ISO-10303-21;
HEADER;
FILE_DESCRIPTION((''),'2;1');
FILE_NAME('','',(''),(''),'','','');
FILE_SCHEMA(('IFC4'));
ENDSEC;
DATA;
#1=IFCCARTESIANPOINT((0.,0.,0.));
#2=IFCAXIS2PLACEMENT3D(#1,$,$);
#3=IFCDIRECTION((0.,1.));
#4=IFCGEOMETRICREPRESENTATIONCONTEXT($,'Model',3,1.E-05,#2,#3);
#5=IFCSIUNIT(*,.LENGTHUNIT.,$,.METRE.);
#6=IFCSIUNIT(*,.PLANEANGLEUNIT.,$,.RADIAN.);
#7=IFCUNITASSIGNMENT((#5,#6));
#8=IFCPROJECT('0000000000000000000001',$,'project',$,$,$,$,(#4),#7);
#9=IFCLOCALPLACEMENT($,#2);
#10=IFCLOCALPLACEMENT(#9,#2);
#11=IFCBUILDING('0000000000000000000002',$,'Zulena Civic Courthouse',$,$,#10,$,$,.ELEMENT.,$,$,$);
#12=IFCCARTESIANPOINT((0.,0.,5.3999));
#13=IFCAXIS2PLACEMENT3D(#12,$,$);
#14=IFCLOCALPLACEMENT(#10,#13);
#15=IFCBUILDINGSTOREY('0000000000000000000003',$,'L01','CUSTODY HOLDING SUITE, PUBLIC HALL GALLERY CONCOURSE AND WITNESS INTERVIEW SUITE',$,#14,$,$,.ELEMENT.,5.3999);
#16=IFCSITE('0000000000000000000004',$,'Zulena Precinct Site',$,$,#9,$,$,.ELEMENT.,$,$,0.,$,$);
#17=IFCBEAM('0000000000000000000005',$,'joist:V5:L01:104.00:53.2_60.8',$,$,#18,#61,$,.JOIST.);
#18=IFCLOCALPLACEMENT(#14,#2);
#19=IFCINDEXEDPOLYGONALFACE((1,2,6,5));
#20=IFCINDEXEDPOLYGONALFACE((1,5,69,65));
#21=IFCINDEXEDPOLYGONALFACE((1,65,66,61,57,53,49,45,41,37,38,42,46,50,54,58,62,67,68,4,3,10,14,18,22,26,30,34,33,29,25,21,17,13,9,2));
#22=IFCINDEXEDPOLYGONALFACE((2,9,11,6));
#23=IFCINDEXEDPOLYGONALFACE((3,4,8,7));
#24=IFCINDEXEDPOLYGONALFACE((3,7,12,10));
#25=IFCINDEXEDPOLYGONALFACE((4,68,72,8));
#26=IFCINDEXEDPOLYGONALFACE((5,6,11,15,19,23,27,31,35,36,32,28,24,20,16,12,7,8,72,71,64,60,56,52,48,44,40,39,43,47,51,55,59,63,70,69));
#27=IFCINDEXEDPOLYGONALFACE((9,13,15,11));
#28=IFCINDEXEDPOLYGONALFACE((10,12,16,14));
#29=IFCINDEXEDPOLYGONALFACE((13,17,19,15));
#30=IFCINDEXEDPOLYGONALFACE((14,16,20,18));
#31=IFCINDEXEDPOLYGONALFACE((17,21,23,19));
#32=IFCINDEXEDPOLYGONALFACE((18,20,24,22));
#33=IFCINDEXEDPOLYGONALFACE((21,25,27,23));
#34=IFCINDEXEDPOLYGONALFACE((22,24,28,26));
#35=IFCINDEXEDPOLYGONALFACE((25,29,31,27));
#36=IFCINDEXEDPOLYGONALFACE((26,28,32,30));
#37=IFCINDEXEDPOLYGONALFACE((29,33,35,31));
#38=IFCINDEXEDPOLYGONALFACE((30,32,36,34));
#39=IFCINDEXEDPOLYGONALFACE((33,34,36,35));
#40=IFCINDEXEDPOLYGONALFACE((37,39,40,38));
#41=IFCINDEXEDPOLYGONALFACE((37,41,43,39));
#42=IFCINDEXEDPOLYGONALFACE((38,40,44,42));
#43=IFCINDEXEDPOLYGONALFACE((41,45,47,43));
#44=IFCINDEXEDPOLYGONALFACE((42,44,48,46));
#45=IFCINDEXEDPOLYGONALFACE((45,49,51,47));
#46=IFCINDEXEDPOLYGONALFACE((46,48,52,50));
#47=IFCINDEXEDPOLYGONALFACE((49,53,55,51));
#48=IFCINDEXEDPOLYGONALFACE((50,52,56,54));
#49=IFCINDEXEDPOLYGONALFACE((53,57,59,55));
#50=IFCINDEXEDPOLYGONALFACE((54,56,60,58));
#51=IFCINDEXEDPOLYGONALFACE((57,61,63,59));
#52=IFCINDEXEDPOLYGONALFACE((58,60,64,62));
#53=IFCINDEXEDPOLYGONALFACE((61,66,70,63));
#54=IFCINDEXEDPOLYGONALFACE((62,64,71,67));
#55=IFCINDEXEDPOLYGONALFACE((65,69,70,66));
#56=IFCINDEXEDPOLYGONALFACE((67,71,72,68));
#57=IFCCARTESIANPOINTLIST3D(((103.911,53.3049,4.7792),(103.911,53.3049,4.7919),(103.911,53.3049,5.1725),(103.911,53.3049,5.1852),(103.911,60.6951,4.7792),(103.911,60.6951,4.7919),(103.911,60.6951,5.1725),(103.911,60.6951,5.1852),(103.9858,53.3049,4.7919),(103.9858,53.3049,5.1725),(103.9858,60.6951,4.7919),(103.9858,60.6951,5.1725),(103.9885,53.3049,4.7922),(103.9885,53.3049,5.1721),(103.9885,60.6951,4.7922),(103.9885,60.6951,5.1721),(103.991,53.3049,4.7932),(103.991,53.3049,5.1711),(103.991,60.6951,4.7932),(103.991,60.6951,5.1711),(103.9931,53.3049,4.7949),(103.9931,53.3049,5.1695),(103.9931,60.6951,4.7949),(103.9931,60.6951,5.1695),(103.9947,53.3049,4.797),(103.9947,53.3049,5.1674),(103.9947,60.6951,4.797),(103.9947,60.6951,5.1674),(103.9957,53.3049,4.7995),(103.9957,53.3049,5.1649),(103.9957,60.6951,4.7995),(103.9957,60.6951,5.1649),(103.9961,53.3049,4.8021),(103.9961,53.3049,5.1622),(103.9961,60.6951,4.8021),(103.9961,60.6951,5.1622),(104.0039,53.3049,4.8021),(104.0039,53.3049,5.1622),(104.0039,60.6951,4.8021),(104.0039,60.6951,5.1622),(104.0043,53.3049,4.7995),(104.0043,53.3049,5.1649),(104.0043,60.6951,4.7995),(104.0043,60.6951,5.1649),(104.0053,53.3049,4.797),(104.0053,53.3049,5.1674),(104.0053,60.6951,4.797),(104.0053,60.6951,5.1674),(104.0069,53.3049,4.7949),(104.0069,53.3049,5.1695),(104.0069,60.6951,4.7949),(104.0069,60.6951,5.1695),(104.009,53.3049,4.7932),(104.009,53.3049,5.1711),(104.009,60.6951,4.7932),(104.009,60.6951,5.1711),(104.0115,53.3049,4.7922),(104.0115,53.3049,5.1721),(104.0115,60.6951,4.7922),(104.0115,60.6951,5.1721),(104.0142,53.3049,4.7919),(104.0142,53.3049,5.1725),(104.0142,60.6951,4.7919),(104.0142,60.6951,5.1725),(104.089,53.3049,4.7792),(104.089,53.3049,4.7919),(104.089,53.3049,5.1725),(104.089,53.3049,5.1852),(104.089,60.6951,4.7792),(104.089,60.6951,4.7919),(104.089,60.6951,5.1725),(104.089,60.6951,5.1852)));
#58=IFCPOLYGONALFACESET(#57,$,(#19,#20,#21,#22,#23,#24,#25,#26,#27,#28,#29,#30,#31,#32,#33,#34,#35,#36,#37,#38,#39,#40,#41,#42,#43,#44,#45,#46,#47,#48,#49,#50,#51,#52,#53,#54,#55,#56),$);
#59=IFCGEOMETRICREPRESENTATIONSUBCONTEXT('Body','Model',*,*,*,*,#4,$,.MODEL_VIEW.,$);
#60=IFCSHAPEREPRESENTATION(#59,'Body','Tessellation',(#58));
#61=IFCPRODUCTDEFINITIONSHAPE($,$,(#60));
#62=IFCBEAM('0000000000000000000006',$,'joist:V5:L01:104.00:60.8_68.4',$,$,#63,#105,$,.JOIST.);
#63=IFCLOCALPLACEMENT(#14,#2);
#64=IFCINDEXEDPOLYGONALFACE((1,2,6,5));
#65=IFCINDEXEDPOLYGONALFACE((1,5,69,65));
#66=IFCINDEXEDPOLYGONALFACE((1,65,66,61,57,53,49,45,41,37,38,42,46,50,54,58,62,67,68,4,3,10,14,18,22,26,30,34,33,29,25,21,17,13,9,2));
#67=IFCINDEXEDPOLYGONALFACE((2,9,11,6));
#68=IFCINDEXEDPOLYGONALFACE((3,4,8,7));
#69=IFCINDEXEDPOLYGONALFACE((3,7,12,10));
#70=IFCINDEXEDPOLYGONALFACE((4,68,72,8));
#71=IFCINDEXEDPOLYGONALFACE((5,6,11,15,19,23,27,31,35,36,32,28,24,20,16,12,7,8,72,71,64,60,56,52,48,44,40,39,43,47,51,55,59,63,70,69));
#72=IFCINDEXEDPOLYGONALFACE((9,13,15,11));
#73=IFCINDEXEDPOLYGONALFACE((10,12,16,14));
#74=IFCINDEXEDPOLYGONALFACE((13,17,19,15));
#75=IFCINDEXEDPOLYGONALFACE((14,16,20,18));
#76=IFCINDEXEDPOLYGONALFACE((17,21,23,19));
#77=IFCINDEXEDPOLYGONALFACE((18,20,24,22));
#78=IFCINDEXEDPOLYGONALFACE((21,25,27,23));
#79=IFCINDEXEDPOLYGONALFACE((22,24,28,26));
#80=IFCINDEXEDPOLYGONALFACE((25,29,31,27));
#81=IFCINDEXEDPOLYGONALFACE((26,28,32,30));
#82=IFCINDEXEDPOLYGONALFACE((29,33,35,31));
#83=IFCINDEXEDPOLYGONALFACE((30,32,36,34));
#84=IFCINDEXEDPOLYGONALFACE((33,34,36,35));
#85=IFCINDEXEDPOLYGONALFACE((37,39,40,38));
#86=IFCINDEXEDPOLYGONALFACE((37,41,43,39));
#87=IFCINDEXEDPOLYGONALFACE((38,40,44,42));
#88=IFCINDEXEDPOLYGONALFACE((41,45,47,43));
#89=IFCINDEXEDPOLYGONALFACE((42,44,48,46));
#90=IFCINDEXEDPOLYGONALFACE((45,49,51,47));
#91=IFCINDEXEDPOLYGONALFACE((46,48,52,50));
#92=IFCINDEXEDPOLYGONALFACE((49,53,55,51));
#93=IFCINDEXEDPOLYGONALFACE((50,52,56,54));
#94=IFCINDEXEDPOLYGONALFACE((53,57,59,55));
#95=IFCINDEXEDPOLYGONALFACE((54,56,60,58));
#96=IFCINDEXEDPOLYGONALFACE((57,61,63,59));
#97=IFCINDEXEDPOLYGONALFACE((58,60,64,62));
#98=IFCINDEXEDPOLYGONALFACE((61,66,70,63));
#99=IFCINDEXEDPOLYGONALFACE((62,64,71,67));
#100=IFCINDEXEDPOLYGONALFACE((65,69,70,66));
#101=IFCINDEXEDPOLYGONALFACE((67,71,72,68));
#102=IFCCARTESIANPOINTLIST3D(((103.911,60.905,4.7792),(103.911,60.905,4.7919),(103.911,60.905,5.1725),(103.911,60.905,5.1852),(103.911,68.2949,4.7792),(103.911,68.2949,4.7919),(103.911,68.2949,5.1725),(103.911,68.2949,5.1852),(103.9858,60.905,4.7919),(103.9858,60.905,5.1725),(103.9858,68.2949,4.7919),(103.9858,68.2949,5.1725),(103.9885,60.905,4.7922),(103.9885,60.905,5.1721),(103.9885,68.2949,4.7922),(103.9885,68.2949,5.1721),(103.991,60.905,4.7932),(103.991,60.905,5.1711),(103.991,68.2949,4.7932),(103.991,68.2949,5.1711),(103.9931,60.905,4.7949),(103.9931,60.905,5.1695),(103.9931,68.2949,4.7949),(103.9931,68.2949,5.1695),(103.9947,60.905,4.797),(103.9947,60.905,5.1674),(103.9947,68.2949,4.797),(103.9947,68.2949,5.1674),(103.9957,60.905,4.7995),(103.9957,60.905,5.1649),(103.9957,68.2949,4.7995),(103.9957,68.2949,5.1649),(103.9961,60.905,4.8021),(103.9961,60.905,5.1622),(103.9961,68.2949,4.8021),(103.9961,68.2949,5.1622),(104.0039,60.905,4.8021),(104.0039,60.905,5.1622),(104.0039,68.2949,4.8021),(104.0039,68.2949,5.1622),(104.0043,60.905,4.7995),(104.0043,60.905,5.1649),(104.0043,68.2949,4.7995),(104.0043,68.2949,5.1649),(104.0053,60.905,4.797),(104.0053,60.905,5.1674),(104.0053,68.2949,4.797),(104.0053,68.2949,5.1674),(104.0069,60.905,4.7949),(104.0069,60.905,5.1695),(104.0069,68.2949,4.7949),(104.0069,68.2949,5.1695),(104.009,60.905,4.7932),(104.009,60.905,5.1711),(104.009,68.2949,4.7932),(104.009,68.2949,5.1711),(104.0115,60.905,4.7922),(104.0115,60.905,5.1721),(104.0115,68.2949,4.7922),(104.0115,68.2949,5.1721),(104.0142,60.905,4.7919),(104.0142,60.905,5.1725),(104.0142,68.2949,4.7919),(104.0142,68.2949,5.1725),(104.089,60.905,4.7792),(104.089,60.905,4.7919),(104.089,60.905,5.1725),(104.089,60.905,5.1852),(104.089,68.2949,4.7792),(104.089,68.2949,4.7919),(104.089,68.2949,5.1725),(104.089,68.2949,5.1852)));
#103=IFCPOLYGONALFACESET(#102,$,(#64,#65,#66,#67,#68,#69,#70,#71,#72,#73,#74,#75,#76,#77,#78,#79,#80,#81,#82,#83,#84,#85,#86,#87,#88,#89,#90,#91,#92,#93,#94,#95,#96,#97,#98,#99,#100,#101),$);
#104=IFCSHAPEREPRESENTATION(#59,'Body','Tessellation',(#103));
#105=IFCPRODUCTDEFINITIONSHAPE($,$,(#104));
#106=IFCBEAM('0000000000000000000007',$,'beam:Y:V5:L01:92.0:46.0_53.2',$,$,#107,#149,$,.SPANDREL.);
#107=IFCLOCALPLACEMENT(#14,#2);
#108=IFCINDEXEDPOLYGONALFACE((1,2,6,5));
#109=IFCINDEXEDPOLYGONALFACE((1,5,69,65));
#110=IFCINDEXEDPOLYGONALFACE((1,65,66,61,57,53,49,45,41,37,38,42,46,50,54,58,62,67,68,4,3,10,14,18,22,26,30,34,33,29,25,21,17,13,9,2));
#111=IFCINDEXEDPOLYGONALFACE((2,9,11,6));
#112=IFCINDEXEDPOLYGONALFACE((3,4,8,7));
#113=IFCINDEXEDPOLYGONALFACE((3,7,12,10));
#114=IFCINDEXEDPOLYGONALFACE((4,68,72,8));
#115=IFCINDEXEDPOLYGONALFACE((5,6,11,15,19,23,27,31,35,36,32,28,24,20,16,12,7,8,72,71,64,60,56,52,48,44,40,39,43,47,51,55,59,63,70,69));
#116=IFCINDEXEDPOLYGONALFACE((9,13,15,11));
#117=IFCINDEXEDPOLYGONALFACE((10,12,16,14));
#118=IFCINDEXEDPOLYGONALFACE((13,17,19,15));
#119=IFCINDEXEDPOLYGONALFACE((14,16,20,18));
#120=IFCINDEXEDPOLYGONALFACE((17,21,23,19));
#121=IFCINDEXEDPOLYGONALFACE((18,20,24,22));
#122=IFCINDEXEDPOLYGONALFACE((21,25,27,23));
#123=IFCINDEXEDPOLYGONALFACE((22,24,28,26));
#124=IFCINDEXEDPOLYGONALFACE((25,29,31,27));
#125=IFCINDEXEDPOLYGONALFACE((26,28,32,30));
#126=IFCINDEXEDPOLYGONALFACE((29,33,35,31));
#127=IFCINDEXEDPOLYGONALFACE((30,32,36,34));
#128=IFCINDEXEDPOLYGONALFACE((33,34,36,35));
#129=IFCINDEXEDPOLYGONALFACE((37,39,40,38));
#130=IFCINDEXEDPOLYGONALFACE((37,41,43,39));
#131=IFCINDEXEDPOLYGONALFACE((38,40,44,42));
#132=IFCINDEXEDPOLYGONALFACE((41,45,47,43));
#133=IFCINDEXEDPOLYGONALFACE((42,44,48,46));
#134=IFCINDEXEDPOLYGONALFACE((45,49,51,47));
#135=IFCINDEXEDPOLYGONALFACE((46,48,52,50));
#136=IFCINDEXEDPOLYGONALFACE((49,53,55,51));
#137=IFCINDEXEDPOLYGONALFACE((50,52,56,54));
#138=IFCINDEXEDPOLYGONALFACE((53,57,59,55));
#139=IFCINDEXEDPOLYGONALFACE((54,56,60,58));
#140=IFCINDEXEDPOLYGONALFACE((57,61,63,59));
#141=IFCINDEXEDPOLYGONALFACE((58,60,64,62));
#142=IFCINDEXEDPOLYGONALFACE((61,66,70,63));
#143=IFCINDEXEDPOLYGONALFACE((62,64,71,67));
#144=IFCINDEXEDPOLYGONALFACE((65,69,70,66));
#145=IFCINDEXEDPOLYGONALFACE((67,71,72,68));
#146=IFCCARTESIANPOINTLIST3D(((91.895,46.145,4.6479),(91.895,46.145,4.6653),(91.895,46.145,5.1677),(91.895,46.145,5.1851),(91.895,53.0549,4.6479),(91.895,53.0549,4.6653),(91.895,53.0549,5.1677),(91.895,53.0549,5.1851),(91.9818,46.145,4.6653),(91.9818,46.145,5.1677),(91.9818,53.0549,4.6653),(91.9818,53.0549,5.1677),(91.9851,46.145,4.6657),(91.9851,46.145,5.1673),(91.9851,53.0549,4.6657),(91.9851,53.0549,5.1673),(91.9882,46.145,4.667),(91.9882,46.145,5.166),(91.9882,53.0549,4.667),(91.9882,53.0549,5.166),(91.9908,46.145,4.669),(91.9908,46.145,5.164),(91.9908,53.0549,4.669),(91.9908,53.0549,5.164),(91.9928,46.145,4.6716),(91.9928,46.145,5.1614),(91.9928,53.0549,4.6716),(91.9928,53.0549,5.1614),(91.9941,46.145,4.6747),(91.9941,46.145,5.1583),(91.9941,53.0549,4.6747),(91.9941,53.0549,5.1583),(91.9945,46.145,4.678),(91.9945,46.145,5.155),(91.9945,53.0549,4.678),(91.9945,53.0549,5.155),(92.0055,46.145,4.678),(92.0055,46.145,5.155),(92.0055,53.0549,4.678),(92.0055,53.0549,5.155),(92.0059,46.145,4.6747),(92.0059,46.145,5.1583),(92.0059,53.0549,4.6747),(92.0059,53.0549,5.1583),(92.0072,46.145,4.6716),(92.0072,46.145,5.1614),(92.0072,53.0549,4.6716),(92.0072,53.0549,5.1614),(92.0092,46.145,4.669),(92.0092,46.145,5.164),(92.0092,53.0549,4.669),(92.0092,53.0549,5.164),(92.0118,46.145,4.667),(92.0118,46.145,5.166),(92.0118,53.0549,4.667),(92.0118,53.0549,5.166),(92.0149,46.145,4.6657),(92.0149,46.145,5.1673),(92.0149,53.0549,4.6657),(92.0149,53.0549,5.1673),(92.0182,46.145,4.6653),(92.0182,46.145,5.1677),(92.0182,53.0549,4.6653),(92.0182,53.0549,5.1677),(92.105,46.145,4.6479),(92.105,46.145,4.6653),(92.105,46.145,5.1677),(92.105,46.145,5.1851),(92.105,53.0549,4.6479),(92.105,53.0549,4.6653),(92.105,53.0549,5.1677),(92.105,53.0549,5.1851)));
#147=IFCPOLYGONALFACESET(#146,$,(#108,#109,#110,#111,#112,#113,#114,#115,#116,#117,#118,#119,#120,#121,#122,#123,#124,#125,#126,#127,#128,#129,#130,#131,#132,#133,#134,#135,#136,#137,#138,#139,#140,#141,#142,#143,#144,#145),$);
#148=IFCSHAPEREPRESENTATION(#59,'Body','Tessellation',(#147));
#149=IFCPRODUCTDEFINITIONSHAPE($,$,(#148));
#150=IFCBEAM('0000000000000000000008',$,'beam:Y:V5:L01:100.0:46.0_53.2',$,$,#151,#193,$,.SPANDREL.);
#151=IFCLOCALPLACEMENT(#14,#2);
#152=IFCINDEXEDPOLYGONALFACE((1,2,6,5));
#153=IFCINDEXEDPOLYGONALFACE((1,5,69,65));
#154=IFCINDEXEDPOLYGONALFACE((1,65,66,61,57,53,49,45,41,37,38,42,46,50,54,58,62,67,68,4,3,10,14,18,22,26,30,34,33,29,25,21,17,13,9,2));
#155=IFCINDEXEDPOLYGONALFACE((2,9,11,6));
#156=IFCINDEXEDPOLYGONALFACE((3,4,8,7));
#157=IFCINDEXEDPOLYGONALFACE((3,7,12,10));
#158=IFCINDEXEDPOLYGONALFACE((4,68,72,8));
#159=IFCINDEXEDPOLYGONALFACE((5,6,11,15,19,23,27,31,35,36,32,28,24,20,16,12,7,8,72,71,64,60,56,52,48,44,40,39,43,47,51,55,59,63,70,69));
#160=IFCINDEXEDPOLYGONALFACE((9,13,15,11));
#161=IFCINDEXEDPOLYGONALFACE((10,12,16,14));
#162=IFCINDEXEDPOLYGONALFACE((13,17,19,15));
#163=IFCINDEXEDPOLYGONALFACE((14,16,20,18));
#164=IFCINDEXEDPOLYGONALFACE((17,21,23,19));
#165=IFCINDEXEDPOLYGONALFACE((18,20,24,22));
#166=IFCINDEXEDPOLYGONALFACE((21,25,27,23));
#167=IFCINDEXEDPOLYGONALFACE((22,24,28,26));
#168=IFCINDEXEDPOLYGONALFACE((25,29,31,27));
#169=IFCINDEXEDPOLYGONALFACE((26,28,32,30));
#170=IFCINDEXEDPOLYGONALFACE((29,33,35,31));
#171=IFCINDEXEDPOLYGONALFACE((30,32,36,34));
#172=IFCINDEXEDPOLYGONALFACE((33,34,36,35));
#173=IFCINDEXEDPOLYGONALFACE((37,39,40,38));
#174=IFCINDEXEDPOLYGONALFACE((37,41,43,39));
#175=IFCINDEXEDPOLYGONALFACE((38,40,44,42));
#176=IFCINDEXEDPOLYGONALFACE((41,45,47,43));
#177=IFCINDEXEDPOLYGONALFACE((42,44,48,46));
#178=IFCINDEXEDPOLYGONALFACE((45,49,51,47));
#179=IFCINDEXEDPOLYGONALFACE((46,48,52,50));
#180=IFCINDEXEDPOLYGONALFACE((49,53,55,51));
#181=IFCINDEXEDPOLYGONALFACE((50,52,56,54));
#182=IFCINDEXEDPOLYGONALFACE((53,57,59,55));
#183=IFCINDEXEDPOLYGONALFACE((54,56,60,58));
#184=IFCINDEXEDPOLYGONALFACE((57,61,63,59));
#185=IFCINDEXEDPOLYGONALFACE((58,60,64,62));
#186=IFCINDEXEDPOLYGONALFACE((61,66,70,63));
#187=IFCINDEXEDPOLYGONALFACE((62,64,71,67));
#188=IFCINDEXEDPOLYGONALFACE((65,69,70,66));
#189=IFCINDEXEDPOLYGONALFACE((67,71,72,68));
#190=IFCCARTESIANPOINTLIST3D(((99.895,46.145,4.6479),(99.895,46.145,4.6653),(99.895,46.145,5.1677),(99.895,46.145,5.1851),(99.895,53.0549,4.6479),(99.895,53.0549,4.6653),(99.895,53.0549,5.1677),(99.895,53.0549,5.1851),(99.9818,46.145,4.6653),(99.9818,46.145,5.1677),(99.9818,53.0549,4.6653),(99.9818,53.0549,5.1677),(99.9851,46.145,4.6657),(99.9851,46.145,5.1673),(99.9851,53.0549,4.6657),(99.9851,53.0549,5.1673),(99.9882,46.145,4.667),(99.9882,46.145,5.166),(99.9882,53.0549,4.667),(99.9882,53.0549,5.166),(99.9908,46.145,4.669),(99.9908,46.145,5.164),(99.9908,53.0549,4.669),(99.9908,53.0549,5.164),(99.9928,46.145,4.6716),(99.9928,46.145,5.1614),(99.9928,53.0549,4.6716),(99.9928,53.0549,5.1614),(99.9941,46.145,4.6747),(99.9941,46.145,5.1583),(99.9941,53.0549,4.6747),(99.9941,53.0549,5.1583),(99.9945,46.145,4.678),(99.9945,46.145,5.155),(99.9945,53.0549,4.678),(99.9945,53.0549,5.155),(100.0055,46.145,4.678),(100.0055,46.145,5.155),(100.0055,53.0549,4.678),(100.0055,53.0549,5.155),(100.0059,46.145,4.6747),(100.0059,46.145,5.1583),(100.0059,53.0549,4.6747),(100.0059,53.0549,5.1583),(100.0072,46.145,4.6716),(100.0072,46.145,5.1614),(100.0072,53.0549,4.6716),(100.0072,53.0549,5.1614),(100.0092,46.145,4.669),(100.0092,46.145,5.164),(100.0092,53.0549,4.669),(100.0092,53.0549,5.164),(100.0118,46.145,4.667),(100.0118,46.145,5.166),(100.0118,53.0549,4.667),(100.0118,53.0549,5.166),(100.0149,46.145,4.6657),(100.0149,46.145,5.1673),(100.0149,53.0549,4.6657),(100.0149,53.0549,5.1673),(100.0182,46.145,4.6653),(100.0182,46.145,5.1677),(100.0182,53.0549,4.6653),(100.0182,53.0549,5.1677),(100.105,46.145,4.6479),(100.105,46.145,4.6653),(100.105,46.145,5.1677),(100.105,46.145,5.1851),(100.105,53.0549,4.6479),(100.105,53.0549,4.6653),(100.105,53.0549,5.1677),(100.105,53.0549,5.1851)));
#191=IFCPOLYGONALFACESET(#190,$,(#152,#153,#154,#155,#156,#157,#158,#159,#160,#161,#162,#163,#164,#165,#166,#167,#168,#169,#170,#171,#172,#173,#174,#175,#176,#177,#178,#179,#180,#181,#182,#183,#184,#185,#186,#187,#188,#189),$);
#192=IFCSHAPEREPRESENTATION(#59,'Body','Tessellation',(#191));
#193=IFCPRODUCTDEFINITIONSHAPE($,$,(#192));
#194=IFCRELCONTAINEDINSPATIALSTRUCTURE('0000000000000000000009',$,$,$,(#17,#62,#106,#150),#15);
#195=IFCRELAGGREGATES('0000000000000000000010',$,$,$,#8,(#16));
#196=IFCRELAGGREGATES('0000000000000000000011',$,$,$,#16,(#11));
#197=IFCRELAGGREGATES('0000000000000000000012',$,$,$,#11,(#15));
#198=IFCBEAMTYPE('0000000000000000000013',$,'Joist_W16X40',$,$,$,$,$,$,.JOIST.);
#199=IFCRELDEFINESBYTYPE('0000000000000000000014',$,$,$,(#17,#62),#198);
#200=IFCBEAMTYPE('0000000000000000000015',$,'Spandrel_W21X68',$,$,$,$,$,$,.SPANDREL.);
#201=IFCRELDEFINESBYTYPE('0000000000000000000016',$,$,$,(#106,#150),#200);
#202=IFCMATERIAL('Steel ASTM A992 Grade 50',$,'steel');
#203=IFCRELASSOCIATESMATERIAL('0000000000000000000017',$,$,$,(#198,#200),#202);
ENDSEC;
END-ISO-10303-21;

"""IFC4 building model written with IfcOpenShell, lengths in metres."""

from ifc_helpers import new_model, si_unit, direction, frame, origin, origin_2d, place, context, subcontext, project, spatial, i_section, extrude, material, material_profile, profile_set, type_object, element, save


model = new_model("IFC4")

# Units and contexts
model_context = context("Model", 3, precision=1e-05, world=origin(), true_north=direction((0.0, 1.0)))
body_context = subcontext(model_context, "Body", "Model", "MODEL_VIEW")
ifc_project = project(units=[si_unit("LENGTHUNIT", "METRE"), si_unit("PLANEANGLEUNIT", "RADIAN")], contexts=[model_context])

# Site, building, storey
site_placement = place(None, origin())
site = spatial("IfcSite", under=ifc_project, at=site_placement, Name="Zulena Precinct Site", CompositionType="ELEMENT", RefElevation=0.0)
building_placement = place(site_placement, origin())
building = spatial("IfcBuilding", under=site, at=building_placement, Name="Zulena Civic Courthouse", CompositionType="ELEMENT")
storey_placement = place(building_placement, frame((0.0, 0.0, 5.3999)))
storey = spatial("IfcBuildingStorey", under=building, at=storey_placement, Name="L01", Description="CUSTODY HOLDING SUITE, PUBLIC HALL GALLERY CONCOURSE AND WITNESS INTERVIEW SUITE", CompositionType="ELEMENT", Elevation=5.3999)

# Shared definitions
ifc_material_1 = material(Name="Steel ASTM A992 Grade 50", Category="steel")

# Beams
ifc_material_profile_1 = material_profile(ifc_material_1, i_section(OverallWidth=0.178, OverallDepth=0.406, WebThickness=0.0078, FlangeThickness=0.0127, FilletRadius=0.0103, at=origin_2d()), Name="W16X40")
ifc_profile_set_1 = profile_set([ifc_material_profile_1], Name="Steel ASTM A992 Grade 50")
beam_type_1 = type_object("IfcBeamType", Name="Joist_W16X40", PredefinedType="JOIST", material=ifc_profile_set_1)
beam_1_placement = place(storey_placement, frame((104.0, 53.3049, 4.9822), z_axis=(0.0, 1.0, 0.0), x_axis=(-1.0, 0.0, 0.0)))
element("IfcBeam", 1, at=beam_1_placement, inside=storey, type_object=beam_type_1, Name="joist:V5:L01:104.00:53.2_60.8", PredefinedType="JOIST", context=body_context, shape_type="SweptSolid", body=[
    extrude(i_section(OverallWidth=0.178, OverallDepth=0.406, WebThickness=0.0078, FlangeThickness=0.0127, FilletRadius=0.0103, at=origin_2d()), origin(), (0.0, 0.0, 1.0), 7.3901),
])
beam_2_placement = place(storey_placement, frame((104.0, 60.905, 4.9822), z_axis=(0.0, 1.0, 0.0), x_axis=(-1.0, 0.0, 0.0)))
element("IfcBeam", 2, at=beam_2_placement, inside=storey, type_object=beam_type_1, Name="joist:V5:L01:104.00:60.8_68.4", PredefinedType="JOIST", context=body_context, shape_type="SweptSolid", body=[
    extrude(i_section(OverallWidth=0.178, OverallDepth=0.406, WebThickness=0.0078, FlangeThickness=0.0127, FilletRadius=0.0103, at=origin_2d()), origin(), (0.0, 0.0, 1.0), 7.3899),
])
ifc_material_profile_2 = material_profile(ifc_material_1, i_section(OverallWidth=0.21, OverallDepth=0.5371, WebThickness=0.011, FlangeThickness=0.0173, FilletRadius=0.0127, at=origin_2d()), Name="W21X68")
ifc_profile_set_2 = profile_set([ifc_material_profile_2], Name="Steel ASTM A992 Grade 50")
beam_type_2 = type_object("IfcBeamType", Name="Spandrel_W21X68", PredefinedType="SPANDREL", material=ifc_profile_set_2)
for number, where, z_axis, x_axis, name in (
    (3, (92.0, 46.145, 4.9165), (0.0, 1.0, 0.0), (-1.0, 0.0, 0.0), "beam:Y:V5:L01:92.0:46.0_53.2"),
    (4, (100.0, 46.145, 4.9165), (0.0, 1.0, 0.0), (-1.0, 0.0, 0.0), "beam:Y:V5:L01:100.0:46.0_53.2"),
):
    element("IfcBeam", number, at=place(storey_placement, frame(where, z_axis=z_axis, x_axis=x_axis)), inside=storey, type_object=beam_type_2, Name=name, PredefinedType="SPANDREL", context=body_context, shape_type="SweptSolid", body=[
        extrude(i_section(OverallWidth=0.21, OverallDepth=0.5371, WebThickness=0.011, FlangeThickness=0.0173, FilletRadius=0.0127, at=origin_2d()), origin(), (0.0, 0.0, 1.0), 6.9099),
    ])

save(model, "model.ifc")
